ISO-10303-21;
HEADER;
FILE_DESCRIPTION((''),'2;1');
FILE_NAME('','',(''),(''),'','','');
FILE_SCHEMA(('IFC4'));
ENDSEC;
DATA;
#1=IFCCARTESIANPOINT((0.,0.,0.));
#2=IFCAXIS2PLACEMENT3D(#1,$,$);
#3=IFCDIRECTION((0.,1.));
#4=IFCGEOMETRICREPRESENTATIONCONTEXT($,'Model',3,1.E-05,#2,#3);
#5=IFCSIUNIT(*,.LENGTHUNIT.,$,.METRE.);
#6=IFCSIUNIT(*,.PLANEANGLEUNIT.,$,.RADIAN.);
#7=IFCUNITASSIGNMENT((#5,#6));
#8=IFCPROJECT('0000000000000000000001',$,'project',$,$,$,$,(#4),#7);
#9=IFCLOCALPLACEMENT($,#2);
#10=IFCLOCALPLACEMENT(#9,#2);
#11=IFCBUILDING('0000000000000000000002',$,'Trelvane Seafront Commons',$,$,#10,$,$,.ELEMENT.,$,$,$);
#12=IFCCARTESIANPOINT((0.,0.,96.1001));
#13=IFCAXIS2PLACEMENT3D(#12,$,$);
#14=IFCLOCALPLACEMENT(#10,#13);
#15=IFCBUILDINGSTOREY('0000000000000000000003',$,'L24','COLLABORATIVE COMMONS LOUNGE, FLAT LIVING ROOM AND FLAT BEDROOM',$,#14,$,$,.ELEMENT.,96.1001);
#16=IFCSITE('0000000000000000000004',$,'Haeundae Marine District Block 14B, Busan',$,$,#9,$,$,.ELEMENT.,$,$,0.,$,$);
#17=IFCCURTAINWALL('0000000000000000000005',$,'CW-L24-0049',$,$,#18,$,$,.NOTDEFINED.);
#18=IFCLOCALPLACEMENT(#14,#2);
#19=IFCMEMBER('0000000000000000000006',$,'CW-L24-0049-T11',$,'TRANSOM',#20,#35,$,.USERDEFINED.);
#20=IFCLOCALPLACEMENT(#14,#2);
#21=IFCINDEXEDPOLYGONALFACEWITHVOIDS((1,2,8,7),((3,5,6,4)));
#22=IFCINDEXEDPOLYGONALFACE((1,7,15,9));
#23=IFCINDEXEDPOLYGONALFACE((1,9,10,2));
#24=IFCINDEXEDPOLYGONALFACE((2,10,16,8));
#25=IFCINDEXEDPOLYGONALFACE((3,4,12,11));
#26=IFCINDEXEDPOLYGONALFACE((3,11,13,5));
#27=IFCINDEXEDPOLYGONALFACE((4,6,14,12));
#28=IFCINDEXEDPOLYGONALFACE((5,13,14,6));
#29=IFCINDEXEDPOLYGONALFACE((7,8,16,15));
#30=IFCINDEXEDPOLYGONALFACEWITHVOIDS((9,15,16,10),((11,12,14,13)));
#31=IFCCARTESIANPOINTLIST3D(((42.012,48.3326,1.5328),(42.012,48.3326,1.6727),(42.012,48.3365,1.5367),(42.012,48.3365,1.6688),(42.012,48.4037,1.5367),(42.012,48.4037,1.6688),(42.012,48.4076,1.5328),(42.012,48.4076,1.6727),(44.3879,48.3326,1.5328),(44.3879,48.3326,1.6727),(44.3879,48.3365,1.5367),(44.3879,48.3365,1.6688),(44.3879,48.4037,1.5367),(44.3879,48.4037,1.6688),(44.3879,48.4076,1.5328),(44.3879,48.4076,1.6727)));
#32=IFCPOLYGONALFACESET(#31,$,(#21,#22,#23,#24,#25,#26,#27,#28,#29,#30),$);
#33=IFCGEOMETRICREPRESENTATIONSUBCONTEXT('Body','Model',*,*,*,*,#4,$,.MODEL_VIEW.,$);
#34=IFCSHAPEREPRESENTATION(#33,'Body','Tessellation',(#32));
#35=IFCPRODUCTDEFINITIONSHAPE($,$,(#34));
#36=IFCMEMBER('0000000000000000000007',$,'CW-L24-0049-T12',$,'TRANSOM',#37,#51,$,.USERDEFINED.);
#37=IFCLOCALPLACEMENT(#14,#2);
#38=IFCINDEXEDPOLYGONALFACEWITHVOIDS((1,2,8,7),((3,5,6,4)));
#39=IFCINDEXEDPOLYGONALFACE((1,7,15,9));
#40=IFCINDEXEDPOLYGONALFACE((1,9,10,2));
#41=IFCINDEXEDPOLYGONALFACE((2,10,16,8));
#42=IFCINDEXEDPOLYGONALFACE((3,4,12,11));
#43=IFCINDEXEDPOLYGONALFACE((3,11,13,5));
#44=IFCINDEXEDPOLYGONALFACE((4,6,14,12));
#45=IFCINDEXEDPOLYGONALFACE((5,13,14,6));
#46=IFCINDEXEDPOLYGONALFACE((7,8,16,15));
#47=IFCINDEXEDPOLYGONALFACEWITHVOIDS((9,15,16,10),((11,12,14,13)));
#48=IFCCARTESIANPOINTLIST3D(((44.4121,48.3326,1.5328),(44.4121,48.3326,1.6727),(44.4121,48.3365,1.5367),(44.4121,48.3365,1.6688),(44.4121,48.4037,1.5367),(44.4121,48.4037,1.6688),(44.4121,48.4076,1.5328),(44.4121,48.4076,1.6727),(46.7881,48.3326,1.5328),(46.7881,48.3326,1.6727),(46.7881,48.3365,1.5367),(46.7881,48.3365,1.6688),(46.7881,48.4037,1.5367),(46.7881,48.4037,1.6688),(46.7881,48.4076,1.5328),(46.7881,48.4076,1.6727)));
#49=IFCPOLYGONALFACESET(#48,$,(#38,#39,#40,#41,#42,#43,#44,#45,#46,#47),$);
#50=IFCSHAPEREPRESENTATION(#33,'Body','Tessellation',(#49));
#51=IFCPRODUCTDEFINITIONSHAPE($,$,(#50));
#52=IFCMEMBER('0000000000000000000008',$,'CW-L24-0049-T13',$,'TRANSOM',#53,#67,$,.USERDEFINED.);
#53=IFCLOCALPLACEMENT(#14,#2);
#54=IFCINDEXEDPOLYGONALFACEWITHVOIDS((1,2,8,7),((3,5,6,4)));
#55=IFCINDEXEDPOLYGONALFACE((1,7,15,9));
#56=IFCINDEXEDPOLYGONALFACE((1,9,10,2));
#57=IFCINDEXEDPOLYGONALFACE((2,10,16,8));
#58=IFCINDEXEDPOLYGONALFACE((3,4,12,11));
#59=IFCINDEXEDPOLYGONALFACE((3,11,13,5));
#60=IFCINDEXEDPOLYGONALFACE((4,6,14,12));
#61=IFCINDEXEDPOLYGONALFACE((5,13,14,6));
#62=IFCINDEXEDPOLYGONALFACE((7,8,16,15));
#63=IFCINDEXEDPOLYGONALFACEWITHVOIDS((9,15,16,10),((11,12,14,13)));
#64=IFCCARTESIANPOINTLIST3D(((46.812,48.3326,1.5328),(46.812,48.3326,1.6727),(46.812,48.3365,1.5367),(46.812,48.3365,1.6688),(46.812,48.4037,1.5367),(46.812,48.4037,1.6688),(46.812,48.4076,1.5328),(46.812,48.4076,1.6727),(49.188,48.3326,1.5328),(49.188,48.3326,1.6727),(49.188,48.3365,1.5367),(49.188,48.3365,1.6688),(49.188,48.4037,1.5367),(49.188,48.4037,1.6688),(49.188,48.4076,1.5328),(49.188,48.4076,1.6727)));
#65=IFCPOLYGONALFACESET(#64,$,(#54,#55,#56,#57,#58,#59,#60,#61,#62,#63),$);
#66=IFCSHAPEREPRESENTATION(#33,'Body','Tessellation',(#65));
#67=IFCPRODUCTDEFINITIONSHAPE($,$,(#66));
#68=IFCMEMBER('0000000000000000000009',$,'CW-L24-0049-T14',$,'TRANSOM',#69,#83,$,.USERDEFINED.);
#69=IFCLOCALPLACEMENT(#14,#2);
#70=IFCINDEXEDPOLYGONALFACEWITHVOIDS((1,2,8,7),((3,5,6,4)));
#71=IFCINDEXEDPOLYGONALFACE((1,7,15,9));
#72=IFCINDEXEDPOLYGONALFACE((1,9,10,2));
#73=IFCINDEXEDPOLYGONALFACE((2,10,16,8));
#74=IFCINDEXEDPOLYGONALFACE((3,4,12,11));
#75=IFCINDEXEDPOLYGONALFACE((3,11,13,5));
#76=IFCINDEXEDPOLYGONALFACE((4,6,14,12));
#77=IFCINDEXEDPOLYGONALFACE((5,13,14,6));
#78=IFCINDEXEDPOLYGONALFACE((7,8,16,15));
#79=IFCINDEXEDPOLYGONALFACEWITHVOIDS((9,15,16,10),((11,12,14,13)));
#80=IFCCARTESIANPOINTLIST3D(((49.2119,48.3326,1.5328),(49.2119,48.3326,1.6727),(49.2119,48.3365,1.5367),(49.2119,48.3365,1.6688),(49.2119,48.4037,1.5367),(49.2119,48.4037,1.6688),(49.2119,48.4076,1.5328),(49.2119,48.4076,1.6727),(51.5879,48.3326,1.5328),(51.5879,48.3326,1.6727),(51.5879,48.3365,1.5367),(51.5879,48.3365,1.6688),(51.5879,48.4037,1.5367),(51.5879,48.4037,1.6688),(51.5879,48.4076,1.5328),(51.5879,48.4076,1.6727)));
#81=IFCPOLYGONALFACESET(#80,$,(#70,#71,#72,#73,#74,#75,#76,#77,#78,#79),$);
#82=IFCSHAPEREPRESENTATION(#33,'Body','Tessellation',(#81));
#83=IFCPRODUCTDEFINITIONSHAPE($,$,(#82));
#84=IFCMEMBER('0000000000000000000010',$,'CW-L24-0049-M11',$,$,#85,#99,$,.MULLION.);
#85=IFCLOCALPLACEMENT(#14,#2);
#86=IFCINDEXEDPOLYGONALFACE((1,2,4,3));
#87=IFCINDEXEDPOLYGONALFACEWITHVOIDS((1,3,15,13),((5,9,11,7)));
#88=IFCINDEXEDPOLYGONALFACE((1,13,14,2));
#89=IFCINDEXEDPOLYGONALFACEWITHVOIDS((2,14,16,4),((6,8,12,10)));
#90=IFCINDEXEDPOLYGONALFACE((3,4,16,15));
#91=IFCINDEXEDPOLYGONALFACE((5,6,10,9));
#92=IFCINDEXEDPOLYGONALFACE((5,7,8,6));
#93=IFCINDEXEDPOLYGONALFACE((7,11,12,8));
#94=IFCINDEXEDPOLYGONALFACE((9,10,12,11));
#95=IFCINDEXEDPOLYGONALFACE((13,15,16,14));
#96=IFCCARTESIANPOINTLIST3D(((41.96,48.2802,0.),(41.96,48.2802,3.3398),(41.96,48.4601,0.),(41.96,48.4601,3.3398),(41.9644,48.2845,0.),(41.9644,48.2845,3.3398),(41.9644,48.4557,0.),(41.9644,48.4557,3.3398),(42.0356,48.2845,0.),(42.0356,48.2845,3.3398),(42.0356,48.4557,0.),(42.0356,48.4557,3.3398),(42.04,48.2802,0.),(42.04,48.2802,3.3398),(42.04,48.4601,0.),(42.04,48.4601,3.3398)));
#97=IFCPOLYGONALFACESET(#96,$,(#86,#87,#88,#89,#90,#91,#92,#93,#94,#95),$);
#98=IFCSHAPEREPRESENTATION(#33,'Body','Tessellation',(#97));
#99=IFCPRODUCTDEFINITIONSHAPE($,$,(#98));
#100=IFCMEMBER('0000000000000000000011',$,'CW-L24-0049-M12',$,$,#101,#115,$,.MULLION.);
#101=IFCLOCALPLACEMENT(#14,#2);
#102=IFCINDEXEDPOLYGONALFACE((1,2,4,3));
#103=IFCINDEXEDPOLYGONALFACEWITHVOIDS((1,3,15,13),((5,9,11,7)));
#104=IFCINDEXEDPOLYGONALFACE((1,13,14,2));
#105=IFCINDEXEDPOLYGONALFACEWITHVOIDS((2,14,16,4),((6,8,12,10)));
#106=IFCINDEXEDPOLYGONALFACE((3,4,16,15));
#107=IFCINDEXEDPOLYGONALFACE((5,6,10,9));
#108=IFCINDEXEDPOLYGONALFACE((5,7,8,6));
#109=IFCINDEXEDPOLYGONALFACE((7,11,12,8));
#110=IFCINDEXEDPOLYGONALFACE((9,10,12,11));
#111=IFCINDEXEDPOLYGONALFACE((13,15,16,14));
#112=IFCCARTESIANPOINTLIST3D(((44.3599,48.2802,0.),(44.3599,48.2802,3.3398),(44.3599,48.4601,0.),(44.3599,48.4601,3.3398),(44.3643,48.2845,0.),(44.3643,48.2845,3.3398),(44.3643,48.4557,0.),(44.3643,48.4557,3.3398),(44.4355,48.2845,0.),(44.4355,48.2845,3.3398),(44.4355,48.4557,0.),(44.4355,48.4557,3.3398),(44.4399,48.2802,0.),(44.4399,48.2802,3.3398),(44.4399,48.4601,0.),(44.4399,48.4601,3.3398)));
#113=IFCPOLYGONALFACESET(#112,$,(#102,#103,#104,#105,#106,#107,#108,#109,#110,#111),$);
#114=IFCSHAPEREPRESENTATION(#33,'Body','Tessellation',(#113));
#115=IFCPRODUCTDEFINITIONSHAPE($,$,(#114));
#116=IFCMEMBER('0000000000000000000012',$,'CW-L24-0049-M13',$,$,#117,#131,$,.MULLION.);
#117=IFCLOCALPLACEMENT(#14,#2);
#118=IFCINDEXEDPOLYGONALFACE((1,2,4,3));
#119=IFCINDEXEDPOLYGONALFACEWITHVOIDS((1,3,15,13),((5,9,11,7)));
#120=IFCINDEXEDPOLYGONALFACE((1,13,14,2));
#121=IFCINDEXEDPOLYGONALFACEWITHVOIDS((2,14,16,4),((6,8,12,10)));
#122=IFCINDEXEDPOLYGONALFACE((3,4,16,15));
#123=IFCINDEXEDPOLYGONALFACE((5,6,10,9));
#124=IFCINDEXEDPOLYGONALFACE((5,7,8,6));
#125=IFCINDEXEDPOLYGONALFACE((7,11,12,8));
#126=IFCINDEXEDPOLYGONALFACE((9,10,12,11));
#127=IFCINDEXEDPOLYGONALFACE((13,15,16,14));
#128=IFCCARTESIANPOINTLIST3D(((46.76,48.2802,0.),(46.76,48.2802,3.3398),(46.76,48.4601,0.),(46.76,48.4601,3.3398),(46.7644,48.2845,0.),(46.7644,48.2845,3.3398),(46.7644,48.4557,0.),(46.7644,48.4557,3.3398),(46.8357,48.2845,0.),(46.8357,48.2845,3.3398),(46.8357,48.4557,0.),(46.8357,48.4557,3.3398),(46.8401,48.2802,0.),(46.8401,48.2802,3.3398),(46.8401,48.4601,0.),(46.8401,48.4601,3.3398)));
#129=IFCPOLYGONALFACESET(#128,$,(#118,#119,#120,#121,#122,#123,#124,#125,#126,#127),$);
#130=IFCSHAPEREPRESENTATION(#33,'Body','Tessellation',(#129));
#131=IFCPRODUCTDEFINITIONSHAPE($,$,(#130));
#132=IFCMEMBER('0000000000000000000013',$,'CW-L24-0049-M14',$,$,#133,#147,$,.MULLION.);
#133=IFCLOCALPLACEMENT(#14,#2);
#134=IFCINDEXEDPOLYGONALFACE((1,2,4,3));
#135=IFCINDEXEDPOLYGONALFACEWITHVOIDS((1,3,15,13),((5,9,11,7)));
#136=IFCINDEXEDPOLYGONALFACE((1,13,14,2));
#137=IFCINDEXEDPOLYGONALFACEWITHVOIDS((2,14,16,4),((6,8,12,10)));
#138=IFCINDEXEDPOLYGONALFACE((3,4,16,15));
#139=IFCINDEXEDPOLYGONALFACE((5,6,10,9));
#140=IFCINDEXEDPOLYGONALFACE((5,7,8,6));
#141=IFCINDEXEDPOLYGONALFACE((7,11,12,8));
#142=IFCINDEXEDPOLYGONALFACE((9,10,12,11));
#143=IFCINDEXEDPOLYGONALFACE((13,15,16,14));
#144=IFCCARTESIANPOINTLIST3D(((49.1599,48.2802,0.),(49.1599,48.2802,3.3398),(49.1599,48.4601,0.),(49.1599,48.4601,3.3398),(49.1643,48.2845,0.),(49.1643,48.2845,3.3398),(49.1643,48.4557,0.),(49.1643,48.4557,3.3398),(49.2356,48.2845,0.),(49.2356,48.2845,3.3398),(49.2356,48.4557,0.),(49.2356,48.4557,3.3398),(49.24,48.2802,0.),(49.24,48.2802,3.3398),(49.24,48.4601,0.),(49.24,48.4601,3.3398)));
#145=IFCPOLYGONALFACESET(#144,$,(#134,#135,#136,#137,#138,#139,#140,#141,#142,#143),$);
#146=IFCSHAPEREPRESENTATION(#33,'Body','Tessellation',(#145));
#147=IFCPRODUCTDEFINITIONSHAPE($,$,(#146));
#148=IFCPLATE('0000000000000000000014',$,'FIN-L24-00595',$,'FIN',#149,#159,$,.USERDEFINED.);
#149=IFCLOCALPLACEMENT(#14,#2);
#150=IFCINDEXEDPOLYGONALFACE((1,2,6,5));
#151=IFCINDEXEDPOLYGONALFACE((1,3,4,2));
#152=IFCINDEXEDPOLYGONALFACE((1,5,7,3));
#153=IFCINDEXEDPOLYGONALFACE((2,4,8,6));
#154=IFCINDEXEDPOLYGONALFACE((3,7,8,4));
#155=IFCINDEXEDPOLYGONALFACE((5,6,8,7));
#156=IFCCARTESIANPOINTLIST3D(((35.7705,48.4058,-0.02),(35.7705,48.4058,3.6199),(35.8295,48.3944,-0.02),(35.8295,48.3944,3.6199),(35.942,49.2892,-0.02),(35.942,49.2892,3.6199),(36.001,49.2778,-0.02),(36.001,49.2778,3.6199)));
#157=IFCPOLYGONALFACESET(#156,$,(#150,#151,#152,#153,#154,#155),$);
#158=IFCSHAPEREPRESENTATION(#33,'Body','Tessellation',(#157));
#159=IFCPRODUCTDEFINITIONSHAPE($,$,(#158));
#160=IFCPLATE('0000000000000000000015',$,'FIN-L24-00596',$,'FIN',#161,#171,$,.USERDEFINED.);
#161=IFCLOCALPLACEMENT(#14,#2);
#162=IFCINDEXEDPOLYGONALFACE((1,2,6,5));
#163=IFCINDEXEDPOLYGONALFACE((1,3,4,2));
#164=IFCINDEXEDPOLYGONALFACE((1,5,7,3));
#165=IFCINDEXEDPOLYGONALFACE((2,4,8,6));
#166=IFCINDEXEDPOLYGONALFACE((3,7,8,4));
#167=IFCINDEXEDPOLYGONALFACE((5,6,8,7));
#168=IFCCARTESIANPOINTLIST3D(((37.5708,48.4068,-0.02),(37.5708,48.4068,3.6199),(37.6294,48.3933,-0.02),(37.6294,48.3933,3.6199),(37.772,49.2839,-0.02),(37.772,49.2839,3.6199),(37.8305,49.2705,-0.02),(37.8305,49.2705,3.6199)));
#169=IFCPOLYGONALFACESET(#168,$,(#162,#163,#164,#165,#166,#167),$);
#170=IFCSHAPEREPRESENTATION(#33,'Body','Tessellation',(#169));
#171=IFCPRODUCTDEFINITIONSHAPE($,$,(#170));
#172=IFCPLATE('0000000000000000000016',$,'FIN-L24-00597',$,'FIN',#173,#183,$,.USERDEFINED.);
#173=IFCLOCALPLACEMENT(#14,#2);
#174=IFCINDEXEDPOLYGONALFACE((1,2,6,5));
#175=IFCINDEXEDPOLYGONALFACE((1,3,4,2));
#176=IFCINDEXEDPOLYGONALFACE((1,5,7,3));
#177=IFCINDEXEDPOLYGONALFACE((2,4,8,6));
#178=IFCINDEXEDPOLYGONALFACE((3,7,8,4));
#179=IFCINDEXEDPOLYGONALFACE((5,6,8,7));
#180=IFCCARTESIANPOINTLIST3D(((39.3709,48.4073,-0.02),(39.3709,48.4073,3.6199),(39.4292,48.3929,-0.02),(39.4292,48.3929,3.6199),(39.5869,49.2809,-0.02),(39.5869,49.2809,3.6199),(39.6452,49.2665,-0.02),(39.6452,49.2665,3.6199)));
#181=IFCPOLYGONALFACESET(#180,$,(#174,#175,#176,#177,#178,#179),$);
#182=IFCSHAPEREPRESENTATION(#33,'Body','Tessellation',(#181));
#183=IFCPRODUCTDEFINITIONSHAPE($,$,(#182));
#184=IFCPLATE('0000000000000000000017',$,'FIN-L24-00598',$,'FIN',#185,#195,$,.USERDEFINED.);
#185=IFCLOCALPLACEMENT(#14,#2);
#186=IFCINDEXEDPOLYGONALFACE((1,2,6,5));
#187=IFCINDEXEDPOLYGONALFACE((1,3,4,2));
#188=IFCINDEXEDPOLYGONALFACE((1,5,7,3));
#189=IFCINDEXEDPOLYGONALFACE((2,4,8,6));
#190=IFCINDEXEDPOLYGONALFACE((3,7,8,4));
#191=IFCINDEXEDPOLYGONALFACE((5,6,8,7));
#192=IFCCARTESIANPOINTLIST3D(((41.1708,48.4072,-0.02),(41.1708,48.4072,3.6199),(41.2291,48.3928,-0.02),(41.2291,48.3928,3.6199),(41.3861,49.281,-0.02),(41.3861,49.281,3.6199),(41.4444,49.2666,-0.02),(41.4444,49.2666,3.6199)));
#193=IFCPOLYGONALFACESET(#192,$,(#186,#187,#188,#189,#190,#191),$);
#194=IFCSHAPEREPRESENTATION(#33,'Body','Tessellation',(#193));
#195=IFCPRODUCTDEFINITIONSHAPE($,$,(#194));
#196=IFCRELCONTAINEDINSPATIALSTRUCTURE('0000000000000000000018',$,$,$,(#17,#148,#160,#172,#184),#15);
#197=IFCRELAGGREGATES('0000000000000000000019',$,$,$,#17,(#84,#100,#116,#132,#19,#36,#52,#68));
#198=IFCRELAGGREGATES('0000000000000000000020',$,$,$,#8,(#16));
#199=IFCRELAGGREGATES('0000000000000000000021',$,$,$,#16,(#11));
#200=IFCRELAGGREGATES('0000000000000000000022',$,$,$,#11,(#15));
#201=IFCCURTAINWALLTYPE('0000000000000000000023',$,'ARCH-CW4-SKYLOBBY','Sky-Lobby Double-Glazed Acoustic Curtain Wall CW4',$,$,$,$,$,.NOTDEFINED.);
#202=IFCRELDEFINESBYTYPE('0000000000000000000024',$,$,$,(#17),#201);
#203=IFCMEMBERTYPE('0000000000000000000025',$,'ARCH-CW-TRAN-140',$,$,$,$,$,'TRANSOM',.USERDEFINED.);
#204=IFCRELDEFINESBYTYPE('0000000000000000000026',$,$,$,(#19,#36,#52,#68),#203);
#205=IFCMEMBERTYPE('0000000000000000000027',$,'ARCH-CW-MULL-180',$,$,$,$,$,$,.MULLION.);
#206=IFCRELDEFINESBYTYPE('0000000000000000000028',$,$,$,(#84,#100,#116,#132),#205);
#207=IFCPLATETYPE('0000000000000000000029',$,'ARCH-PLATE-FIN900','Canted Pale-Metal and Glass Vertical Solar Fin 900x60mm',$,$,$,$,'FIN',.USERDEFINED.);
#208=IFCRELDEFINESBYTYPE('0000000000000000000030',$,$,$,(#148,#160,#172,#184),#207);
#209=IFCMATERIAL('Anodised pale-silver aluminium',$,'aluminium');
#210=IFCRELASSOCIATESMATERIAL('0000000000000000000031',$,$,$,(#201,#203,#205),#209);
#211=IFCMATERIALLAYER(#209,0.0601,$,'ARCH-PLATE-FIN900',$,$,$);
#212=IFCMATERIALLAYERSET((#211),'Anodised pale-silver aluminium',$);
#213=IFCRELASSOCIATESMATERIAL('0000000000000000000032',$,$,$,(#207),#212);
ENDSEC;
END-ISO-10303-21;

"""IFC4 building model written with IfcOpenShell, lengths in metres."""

from ifc_helpers import new_model, si_unit, direction, frame, origin, origin_2d, place, context, subcontext, project, spatial, rectangle, hollow_rectangle, extrude, source, transform, mapped, material, layer, layer_set, material_profile, profile_set, type_object, element, aggregate, save


model = new_model("IFC4")

# Units and contexts
model_context = context("Model", 3, precision=1e-05, world=origin(), true_north=direction((0.0, 1.0)))
body_context = subcontext(model_context, "Body", "Model", "MODEL_VIEW")
ifc_project = project(units=[si_unit("LENGTHUNIT", "METRE"), si_unit("PLANEANGLEUNIT", "RADIAN")], contexts=[model_context])

# Site, building, storey
site_placement = place(None, origin())
site = spatial("IfcSite", under=ifc_project, at=site_placement, Name="Haeundae Marine District Block 14B, Busan", CompositionType="ELEMENT", RefElevation=0.0)
building_placement = place(site_placement, origin())
building = spatial("IfcBuilding", under=site, at=building_placement, Name="Trelvane Seafront Commons", CompositionType="ELEMENT")
storey_placement = place(building_placement, frame((0.0, 0.0, 96.1001)))
storey = spatial("IfcBuildingStorey", under=building, at=storey_placement, Name="L24", Description="COLLABORATIVE COMMONS LOUNGE, FLAT LIVING ROOM AND FLAT BEDROOM", CompositionType="ELEMENT", Elevation=96.1001)

# Curtain wall, members
ifc_material_1 = material(Name="Anodised pale-silver aluminium", Category="aluminium")
curtain_wall_type = type_object("IfcCurtainWallType", Name="ARCH-CW4-SKYLOBBY", Description="Sky-Lobby Double-Glazed Acoustic Curtain Wall CW4", PredefinedType="NOTDEFINED", material=ifc_material_1)
curtain_wall_placement = place(storey_placement, origin())
curtain_wall = element("IfcCurtainWall", 1, at=curtain_wall_placement, inside=storey, type_object=curtain_wall_type, Name="CW-L24-0049", PredefinedType="NOTDEFINED")
ifc_material_profile_1 = material_profile(ifc_material_1, hollow_rectangle(XDim=0.075, YDim=0.1399, WallThickness=0.0039, at=origin_2d()), Name="TRAN-75x140x4")
ifc_profile_set_1 = profile_set([ifc_material_profile_1], Name="Anodised pale-silver aluminium")
member_type_1 = type_object("IfcMemberType", Name="ARCH-CW-TRAN-140", ElementType="TRANSOM", PredefinedType="USERDEFINED", material=ifc_profile_set_1)
shared_shape_1 = source(origin(), body_context, "Body", "SweptSolid", [
    extrude(hollow_rectangle(XDim=0.075, YDim=0.1399, WallThickness=0.0039, at=origin_2d()), origin(), (0.0, 0.0, 1.0), 2.376),
])
member_1_placement = place(storey_placement, frame((42.012, 48.3701, 1.6028), z_axis=(1.0, 0.0, 0.0), x_axis=(0.0, 1.0, 0.0)))
member_1 = element("IfcMember", 2, at=member_1_placement, type_object=member_type_1, Name="CW-L24-0049-T11", ObjectType="TRANSOM", PredefinedType="USERDEFINED", context=body_context, shape_type="MappedRepresentation", body=[
    mapped(shared_shape_1, transform((0.0, 0.0, 0.0), x_axis=(1.0, 0.0, 0.0), y_axis=(0.0, 1.0, 0.0), z_axis=(0.0, 0.0, 1.0), scale=1.0)),
])
member_2_placement = place(storey_placement, frame((44.4121, 48.3701, 1.6028), z_axis=(1.0, 0.0, 0.0), x_axis=(0.0, 1.0, 0.0)))
member_2 = element("IfcMember", 3, at=member_2_placement, type_object=member_type_1, Name="CW-L24-0049-T12", ObjectType="TRANSOM", PredefinedType="USERDEFINED", context=body_context, shape_type="MappedRepresentation", body=[
    mapped(shared_shape_1, transform((0.0, 0.0, 0.0), x_axis=(1.0, 0.0, 0.0), y_axis=(0.0, 1.0, 0.0), z_axis=(0.0, 0.0, 1.0), scale=1.0)),
])
member_3_placement = place(storey_placement, frame((46.812, 48.3701, 1.6028), z_axis=(1.0, 0.0, 0.0), x_axis=(0.0, 1.0, 0.0)))
member_3 = element("IfcMember", 4, at=member_3_placement, type_object=member_type_1, Name="CW-L24-0049-T13", ObjectType="TRANSOM", PredefinedType="USERDEFINED", context=body_context, shape_type="MappedRepresentation", body=[
    mapped(shared_shape_1, transform((0.0, 0.0, 0.0), x_axis=(1.0, 0.0, 0.0), y_axis=(0.0, 1.0, 0.0), z_axis=(0.0, 0.0, 1.0), scale=1.0)),
])
member_4_placement = place(storey_placement, frame((49.2119, 48.3701, 1.6028), z_axis=(1.0, 0.0, 0.0), x_axis=(0.0, 1.0, 0.0)))
member_4 = element("IfcMember", 5, at=member_4_placement, type_object=member_type_1, Name="CW-L24-0049-T14", ObjectType="TRANSOM", PredefinedType="USERDEFINED", context=body_context, shape_type="MappedRepresentation", body=[
    mapped(shared_shape_1, transform((0.0, 0.0, 0.0), x_axis=(1.0, 0.0, 0.0), y_axis=(0.0, 1.0, 0.0), z_axis=(0.0, 0.0, 1.0), scale=1.0)),
])
ifc_material_profile_2 = material_profile(ifc_material_1, hollow_rectangle(XDim=0.0801, YDim=0.1799, WallThickness=0.0044, at=origin_2d()), Name="MULL-80x180x4.5")
ifc_profile_set_2 = profile_set([ifc_material_profile_2], Name="Anodised pale-silver aluminium")
member_type_2 = type_object("IfcMemberType", Name="ARCH-CW-MULL-180", PredefinedType="MULLION", material=ifc_profile_set_2)
shared_shape_2 = source(origin(), body_context, "Body", "SweptSolid", [
    extrude(hollow_rectangle(XDim=0.0801, YDim=0.1799, WallThickness=0.0044, at=origin_2d()), origin(), (0.0, 0.0, 1.0), 3.3398),
])
member_5_placement = place(storey_placement, frame((42.0, 48.3701, 0.0), z_axis=(0.0, 0.0, 1.0), x_axis=(1.0, 0.0, 0.0)))
member_5 = element("IfcMember", 6, at=member_5_placement, type_object=member_type_2, Name="CW-L24-0049-M11", PredefinedType="MULLION", context=body_context, shape_type="MappedRepresentation", body=[
    mapped(shared_shape_2, transform((0.0, 0.0, 0.0), x_axis=(1.0, 0.0, 0.0), y_axis=(0.0, 1.0, 0.0), z_axis=(0.0, 0.0, 1.0), scale=1.0)),
])
member_6_placement = place(storey_placement, frame((44.3999, 48.3701, 0.0), z_axis=(0.0, 0.0, 1.0), x_axis=(1.0, 0.0, 0.0)))
member_6 = element("IfcMember", 7, at=member_6_placement, type_object=member_type_2, Name="CW-L24-0049-M12", PredefinedType="MULLION", context=body_context, shape_type="MappedRepresentation", body=[
    mapped(shared_shape_2, transform((0.0, 0.0, 0.0), x_axis=(1.0, 0.0, 0.0), y_axis=(0.0, 1.0, 0.0), z_axis=(0.0, 0.0, 1.0), scale=1.0)),
])
member_7_placement = place(storey_placement, frame((46.8, 48.3701, 0.0), z_axis=(0.0, 0.0, 1.0), x_axis=(1.0, 0.0, 0.0)))
member_7 = element("IfcMember", 8, at=member_7_placement, type_object=member_type_2, Name="CW-L24-0049-M13", PredefinedType="MULLION", context=body_context, shape_type="MappedRepresentation", body=[
    mapped(shared_shape_2, transform((0.0, 0.0, 0.0), x_axis=(1.0, 0.0, 0.0), y_axis=(0.0, 1.0, 0.0), z_axis=(0.0, 0.0, 1.0), scale=1.0)),
])
member_8_placement = place(storey_placement, frame((49.2, 48.3701, 0.0), z_axis=(0.0, 0.0, 1.0), x_axis=(1.0, 0.0, 0.0)))
member_8 = element("IfcMember", 9, at=member_8_placement, type_object=member_type_2, Name="CW-L24-0049-M14", PredefinedType="MULLION", context=body_context, shape_type="MappedRepresentation", body=[
    mapped(shared_shape_2, transform((0.0, 0.0, 0.0), x_axis=(1.0, 0.0, 0.0), y_axis=(0.0, 1.0, 0.0), z_axis=(0.0, 0.0, 1.0), scale=1.0)),
])

# Plates
ifc_layer_1 = layer(ifc_material_1, 0.0601, Name="ARCH-PLATE-FIN900")
ifc_layer_set_1 = layer_set([ifc_layer_1], Name="Anodised pale-silver aluminium")
plate_type_1 = type_object("IfcPlateType", Name="ARCH-PLATE-FIN900", Description="Canted Pale-Metal and Glass Vertical Solar Fin 900x60mm", ElementType="FIN", PredefinedType="USERDEFINED", material=ifc_layer_set_1)
shared_shape_3 = source(origin(), body_context, "Body", "SweptSolid", [
    extrude(rectangle(XDim=0.8999, YDim=0.0601, at=origin_2d()), origin(), (0.0, 0.0, 1.0), 3.6399),
])
for number, where, z_axis, x_axis, name in (
    (10, (35.8857, 48.8418, -0.02), (0.0, 0.0, 1.0), (0.190557, 0.981676, 0.0), "FIN-L24-00595"),
    (11, (37.7007, 48.8386, -0.02), (0.0, 0.0, 1.0), (0.223561, 0.97469, 0.0), "FIN-L24-00596"),
    (12, (39.5081, 48.8369, -0.02), (0.0, 0.0, 1.0), (0.240104, 0.970747, 0.0), "FIN-L24-00597"),
    (13, (41.3076, 48.8369, -0.02), (0.0, 0.0, 1.0), (0.239215, 0.970967, 0.0), "FIN-L24-00598"),
):
    element("IfcPlate", number, at=place(storey_placement, frame(where, z_axis=z_axis, x_axis=x_axis)), inside=storey, type_object=plate_type_1, Name=name, ObjectType="FIN", PredefinedType="USERDEFINED", context=body_context, shape_type="MappedRepresentation", body=[
        mapped(shared_shape_3, transform((0.0, 0.0, 0.0), x_axis=(1.0, 0.0, 0.0), y_axis=(0.0, 1.0, 0.0), z_axis=(0.0, 0.0, 1.0), scale=1.0)),
    ])

aggregate(curtain_wall, [member_5, member_6, member_7, member_8, member_1, member_2, member_3, member_4])

save(model, "model.ifc")
